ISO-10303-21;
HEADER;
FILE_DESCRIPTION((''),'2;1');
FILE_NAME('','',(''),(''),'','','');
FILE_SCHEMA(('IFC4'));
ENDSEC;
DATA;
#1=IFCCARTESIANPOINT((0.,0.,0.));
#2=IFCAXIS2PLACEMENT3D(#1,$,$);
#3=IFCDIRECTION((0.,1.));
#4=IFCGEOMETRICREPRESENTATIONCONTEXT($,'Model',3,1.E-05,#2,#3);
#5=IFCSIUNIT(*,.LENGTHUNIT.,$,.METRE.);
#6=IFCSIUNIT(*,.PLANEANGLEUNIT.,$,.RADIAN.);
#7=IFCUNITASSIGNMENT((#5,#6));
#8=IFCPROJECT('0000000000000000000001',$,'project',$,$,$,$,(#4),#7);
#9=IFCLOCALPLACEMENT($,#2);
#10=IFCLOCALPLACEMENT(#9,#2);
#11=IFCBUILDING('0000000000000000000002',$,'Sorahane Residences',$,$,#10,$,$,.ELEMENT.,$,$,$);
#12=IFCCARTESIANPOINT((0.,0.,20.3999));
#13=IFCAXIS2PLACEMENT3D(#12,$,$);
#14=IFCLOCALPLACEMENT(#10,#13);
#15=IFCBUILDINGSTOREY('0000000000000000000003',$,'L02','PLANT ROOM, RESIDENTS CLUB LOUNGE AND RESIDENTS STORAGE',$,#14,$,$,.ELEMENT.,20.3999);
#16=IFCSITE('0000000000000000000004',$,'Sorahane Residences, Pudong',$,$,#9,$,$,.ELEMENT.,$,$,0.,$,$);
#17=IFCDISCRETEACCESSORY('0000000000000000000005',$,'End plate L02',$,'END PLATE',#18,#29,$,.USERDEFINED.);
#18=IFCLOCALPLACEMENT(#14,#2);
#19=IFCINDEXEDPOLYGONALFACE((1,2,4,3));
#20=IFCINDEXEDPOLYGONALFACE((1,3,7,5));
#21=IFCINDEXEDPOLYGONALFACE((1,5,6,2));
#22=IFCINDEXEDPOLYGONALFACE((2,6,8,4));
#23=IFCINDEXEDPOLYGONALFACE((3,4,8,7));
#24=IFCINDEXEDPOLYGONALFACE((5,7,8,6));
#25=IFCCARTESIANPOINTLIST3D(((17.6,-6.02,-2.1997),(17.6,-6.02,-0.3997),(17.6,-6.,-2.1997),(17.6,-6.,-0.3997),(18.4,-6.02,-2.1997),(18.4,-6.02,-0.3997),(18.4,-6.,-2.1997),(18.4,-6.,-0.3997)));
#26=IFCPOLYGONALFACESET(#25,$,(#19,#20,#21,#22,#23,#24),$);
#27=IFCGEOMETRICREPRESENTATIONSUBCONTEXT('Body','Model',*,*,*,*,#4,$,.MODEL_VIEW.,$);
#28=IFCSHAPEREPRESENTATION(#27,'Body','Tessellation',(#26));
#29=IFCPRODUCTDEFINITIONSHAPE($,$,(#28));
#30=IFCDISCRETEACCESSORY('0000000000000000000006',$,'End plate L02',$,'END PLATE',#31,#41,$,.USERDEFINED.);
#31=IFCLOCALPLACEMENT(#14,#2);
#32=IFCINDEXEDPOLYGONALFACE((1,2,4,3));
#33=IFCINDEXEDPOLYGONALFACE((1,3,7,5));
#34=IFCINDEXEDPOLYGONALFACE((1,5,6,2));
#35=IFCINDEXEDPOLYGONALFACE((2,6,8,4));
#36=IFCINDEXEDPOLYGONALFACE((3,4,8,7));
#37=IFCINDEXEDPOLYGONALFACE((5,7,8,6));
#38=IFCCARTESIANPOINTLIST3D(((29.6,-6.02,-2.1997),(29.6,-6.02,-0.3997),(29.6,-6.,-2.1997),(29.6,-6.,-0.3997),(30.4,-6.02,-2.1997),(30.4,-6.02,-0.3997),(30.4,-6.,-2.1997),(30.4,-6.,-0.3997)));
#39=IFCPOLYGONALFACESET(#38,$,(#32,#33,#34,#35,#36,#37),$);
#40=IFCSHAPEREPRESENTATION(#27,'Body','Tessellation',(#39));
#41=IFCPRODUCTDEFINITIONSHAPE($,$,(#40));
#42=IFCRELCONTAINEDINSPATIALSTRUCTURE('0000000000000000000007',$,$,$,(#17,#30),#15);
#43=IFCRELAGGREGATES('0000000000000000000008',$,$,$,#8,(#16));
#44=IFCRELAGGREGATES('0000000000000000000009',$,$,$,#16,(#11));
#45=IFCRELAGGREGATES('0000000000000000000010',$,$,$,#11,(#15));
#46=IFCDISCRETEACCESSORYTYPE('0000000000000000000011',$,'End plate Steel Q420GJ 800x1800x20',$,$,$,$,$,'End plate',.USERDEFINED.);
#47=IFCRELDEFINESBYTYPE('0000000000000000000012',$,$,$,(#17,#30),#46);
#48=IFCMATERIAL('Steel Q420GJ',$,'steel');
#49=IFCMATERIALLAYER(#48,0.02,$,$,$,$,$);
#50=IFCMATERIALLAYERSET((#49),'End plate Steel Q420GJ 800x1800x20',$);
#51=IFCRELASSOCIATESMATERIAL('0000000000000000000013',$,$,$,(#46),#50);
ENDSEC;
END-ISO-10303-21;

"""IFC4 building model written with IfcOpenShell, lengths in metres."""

from ifc_helpers import new_model, si_unit, direction, frame, origin, origin_2d, place, context, subcontext, project, spatial, rectangle, extrude, material, layer, layer_set, type_object, element, save


model = new_model("IFC4")

# Units and contexts
model_context = context("Model", 3, precision=1e-05, world=origin(), true_north=direction((0.0, 1.0)))
body_context = subcontext(model_context, "Body", "Model", "MODEL_VIEW")
ifc_project = project(units=[si_unit("LENGTHUNIT", "METRE"), si_unit("PLANEANGLEUNIT", "RADIAN")], contexts=[model_context])

# Site, building, storey
site_placement = place(None, origin())
site = spatial("IfcSite", under=ifc_project, at=site_placement, Name="Sorahane Residences, Pudong", CompositionType="ELEMENT", RefElevation=0.0)
building_placement = place(site_placement, origin())
building = spatial("IfcBuilding", under=site, at=building_placement, Name="Sorahane Residences", CompositionType="ELEMENT")
storey_placement = place(building_placement, frame((0.0, 0.0, 20.3999)))
storey = spatial("IfcBuildingStorey", under=building, at=storey_placement, Name="L02", Description="PLANT ROOM, RESIDENTS CLUB LOUNGE AND RESIDENTS STORAGE", CompositionType="ELEMENT", Elevation=20.3999)

# Discrete accessories
ifc_material_1 = material(Name="Steel Q420GJ", Category="steel")
ifc_layer_1 = layer(ifc_material_1, 0.02)
ifc_layer_set_1 = layer_set([ifc_layer_1], Name="End plate Steel Q420GJ 800x1800x20")
discrete_accessory_type_1 = type_object("IfcDiscreteAccessoryType", Name="End plate Steel Q420GJ 800x1800x20", ElementType="End plate", PredefinedType="USERDEFINED", material=ifc_layer_set_1)
for number, where, z_axis, x_axis, name in (
    (1, (18.0, -6.01, -2.1997), (0.0, 0.0, 1.0), (0.0, 1.0, 0.0), "End plate L02"),
    (2, (30.0, -6.01, -2.1997), (0.0, 0.0, 1.0), (0.0, 1.0, 0.0), "End plate L02"),
):
    element("IfcDiscreteAccessory", number, at=place(storey_placement, frame(where, z_axis=z_axis, x_axis=x_axis)), inside=storey, type_object=discrete_accessory_type_1, Name=name, ObjectType="END PLATE", PredefinedType="USERDEFINED", context=body_context, shape_type="SweptSolid", body=[
        extrude(rectangle(XDim=0.02, YDim=0.8, at=origin_2d()), origin(), (0.0, 0.0, 1.0), 1.8),
    ])

save(model, "model.ifc")
